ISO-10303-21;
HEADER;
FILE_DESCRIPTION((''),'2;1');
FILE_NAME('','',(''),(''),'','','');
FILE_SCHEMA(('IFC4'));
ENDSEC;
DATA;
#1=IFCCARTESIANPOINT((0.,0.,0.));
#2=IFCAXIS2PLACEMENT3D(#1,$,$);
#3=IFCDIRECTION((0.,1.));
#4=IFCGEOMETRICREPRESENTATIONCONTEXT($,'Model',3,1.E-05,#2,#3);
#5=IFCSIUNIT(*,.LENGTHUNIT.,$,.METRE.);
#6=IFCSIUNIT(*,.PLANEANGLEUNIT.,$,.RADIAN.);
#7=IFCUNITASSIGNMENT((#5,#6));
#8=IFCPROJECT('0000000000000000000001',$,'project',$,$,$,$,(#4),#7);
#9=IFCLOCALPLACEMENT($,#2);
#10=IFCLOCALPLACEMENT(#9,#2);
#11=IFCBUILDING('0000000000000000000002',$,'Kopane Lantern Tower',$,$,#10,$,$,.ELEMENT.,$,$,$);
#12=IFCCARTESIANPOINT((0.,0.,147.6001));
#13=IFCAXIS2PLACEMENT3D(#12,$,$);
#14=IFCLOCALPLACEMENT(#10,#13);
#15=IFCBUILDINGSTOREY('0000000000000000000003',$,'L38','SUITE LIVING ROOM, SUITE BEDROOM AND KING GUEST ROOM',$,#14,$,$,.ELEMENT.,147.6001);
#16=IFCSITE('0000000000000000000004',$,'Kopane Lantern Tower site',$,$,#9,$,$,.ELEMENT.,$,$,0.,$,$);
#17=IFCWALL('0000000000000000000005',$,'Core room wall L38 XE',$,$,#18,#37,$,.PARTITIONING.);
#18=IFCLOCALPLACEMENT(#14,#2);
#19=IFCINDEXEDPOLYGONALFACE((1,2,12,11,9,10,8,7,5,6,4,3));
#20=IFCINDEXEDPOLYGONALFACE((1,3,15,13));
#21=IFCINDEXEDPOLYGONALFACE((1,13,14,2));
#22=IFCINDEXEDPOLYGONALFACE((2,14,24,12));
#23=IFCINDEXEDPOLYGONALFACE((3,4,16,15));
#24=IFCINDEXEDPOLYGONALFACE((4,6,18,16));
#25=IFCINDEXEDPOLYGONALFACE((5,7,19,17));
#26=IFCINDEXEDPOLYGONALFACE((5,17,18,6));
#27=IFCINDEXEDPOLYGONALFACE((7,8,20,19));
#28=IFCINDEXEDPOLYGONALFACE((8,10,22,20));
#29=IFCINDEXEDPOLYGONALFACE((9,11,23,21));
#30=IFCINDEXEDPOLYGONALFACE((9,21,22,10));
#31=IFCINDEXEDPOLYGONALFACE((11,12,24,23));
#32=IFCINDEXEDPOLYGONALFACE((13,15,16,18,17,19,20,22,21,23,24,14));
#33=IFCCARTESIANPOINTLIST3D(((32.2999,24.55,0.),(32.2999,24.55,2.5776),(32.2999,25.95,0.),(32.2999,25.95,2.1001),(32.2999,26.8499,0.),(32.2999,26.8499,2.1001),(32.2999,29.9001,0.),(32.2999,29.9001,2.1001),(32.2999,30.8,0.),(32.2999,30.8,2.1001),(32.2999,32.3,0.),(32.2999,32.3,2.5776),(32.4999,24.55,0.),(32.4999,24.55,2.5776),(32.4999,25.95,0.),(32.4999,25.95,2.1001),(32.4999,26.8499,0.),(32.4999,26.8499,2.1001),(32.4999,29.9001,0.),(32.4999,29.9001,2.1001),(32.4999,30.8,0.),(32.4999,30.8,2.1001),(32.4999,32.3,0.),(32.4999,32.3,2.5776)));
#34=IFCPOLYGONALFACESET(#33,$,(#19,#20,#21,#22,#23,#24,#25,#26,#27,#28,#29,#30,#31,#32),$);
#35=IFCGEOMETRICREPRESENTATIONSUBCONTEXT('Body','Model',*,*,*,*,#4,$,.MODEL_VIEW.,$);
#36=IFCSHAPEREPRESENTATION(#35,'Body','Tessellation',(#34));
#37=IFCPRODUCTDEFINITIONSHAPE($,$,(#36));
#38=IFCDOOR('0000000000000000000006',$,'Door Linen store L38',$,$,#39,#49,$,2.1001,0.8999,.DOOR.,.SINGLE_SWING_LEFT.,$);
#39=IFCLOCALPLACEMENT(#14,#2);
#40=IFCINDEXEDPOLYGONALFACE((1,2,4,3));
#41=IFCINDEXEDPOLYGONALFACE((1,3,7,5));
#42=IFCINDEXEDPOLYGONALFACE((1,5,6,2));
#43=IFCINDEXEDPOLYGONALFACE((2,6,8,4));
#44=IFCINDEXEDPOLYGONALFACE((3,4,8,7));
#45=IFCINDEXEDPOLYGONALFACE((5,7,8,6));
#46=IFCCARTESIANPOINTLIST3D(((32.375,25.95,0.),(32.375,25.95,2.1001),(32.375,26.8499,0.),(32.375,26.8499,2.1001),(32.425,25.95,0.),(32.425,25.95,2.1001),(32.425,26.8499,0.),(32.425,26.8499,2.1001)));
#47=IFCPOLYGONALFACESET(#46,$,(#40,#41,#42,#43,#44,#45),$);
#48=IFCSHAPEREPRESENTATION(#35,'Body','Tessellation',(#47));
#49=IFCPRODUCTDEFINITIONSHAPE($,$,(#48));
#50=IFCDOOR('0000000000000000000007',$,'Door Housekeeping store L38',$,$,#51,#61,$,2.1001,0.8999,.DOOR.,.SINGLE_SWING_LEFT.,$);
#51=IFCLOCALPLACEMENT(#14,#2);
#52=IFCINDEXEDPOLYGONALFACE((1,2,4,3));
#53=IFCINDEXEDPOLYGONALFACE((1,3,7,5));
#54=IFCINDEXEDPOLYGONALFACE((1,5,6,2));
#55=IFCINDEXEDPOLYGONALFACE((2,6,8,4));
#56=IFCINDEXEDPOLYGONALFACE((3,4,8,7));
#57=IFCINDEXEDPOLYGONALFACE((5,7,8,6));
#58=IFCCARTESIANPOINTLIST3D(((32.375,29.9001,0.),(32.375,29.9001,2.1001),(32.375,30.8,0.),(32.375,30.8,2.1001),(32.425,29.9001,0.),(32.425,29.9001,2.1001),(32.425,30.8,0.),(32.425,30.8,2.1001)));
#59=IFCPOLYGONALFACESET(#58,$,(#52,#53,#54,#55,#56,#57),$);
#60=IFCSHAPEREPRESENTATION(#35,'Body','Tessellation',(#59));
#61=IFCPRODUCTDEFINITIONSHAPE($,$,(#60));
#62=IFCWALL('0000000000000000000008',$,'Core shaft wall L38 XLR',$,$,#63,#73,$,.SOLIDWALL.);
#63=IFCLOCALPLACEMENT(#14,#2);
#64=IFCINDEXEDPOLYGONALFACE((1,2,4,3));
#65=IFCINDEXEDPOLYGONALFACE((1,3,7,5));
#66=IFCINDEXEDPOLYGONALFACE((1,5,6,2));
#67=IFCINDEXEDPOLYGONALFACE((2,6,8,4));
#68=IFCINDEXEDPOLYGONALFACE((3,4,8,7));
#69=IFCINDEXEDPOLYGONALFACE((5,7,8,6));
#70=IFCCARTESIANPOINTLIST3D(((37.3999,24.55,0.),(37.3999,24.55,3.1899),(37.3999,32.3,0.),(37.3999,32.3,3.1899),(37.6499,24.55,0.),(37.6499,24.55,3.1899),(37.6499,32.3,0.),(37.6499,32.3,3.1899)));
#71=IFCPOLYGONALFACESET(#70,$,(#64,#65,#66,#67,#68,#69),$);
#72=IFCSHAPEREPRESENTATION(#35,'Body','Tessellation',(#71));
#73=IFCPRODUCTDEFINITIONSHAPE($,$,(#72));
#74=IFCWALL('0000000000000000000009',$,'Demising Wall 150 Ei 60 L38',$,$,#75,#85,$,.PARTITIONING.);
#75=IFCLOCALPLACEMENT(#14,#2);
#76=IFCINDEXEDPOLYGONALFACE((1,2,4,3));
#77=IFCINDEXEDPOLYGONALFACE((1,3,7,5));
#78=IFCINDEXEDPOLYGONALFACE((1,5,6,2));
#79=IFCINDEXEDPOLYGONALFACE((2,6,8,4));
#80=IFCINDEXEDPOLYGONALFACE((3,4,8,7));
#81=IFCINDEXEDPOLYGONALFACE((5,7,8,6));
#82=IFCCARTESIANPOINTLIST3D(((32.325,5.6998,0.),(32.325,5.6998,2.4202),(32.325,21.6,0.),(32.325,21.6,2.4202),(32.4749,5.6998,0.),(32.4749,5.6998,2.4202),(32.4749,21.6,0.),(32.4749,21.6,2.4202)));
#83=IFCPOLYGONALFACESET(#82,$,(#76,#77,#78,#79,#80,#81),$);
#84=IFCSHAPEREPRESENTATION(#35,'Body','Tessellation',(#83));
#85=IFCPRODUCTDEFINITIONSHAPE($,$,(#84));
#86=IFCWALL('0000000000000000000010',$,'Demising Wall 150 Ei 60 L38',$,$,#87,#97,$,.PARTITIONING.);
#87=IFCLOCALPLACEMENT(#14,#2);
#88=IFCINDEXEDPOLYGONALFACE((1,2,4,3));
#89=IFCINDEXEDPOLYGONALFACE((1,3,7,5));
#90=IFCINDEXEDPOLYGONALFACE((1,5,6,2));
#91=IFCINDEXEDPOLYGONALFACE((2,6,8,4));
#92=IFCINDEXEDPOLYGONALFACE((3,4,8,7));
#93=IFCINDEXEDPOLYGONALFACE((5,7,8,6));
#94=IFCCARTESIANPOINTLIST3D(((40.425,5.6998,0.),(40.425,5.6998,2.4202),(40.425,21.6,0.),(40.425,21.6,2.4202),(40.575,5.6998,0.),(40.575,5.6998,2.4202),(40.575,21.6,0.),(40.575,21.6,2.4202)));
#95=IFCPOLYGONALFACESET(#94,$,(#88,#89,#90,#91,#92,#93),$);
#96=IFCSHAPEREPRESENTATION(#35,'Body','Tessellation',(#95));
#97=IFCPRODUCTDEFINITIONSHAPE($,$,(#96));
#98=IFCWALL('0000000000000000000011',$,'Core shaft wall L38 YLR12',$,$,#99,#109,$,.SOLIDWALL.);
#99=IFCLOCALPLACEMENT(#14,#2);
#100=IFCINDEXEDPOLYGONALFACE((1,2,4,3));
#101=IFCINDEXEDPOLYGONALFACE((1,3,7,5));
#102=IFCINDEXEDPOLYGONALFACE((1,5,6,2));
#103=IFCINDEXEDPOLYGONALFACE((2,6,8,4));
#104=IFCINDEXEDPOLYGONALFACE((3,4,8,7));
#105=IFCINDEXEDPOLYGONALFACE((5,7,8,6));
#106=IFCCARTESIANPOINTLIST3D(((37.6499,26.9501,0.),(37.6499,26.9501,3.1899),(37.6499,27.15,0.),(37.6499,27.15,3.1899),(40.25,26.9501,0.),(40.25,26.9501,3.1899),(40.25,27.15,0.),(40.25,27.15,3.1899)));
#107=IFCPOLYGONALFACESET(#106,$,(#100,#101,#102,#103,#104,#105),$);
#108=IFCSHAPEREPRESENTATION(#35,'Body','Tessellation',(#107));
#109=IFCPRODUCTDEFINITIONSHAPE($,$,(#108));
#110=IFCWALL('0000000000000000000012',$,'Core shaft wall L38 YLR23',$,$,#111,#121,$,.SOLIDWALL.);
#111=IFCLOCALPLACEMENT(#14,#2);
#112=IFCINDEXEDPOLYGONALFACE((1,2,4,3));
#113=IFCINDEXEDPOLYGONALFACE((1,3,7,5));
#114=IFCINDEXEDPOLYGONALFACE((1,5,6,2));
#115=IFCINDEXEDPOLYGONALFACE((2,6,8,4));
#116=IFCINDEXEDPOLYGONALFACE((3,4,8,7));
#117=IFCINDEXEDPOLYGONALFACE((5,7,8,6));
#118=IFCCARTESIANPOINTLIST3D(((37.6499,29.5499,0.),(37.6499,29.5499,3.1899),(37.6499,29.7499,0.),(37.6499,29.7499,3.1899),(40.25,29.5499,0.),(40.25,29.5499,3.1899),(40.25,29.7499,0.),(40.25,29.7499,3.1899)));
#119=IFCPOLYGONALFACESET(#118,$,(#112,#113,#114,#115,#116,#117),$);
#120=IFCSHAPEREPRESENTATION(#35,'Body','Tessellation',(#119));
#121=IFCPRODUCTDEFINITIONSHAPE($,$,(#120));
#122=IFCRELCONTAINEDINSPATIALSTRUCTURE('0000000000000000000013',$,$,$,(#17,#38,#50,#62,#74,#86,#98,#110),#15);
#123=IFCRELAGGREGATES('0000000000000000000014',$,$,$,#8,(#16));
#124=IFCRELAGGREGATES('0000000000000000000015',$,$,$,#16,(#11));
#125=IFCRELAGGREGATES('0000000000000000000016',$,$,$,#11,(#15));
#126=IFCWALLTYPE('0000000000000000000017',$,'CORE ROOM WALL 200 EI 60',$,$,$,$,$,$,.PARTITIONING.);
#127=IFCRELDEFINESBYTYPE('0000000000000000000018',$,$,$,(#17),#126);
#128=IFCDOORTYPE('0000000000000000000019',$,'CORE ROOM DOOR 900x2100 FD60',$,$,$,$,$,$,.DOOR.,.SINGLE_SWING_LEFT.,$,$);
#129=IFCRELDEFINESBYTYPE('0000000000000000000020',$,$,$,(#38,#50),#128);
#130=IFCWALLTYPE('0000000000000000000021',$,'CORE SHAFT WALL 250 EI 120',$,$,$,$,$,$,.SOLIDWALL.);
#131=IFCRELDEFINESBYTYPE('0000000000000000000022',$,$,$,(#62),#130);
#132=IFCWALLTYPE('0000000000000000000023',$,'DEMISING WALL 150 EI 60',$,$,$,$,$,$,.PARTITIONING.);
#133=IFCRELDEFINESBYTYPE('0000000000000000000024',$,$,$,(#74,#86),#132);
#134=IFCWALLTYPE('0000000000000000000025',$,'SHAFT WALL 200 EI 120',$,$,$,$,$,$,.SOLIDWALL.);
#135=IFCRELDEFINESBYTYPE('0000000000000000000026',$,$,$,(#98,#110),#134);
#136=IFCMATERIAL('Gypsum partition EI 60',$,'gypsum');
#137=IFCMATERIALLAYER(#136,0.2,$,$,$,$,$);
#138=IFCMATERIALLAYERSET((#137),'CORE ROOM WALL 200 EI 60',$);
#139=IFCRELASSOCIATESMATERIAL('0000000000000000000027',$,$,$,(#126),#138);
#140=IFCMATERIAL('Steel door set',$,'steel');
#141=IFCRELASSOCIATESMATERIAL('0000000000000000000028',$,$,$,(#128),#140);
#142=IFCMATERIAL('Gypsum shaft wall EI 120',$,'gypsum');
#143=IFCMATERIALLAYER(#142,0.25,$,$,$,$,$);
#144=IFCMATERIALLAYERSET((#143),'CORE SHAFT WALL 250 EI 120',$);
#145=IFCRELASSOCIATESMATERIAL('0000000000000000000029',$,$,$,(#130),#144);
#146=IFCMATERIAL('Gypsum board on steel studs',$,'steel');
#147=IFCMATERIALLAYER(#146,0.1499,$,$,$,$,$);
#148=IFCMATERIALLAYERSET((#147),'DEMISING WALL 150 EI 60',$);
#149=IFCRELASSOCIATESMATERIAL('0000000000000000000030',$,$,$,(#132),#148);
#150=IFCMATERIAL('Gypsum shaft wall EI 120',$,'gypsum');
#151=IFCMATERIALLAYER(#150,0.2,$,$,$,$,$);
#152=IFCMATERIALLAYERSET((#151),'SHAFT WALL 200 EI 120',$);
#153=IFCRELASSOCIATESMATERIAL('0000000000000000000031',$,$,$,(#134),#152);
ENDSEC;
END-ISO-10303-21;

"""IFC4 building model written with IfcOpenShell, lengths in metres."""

from ifc_helpers import new_model, si_unit, direction, frame, frame_2d, origin, place, context, subcontext, project, spatial, rectangle, extrude, material, layer, layer_set, type_object, element, fill, save


model = new_model("IFC4")

# Units and contexts
model_context = context("Model", 3, precision=1e-05, world=origin(), true_north=direction((0.0, 1.0)))
body_context = subcontext(model_context, "Body", "Model", "MODEL_VIEW")
ifc_project = project(units=[si_unit("LENGTHUNIT", "METRE"), si_unit("PLANEANGLEUNIT", "RADIAN")], contexts=[model_context])

# Site, building, storey
site_placement = place(None, origin())
site = spatial("IfcSite", under=ifc_project, at=site_placement, Name="Kopane Lantern Tower site", CompositionType="ELEMENT", RefElevation=0.0)
building_placement = place(site_placement, origin())
building = spatial("IfcBuilding", under=site, at=building_placement, Name="Kopane Lantern Tower", CompositionType="ELEMENT")
storey_placement = place(building_placement, frame((0.0, 0.0, 147.6001)))
storey = spatial("IfcBuildingStorey", under=building, at=storey_placement, Name="L38", Description="SUITE LIVING ROOM, SUITE BEDROOM AND KING GUEST ROOM", CompositionType="ELEMENT", Elevation=147.6001)

# Wall, openings, doors
ifc_material_1 = material(Name="Gypsum partition EI 60", Category="gypsum")
ifc_layer_1 = layer(ifc_material_1, 0.2)
ifc_layer_set_1 = layer_set([ifc_layer_1], Name="CORE ROOM WALL 200 EI 60")
wall_type_1 = type_object("IfcWallType", Name="CORE ROOM WALL 200 EI 60", PredefinedType="PARTITIONING", material=ifc_layer_set_1)
wall_1_placement = place(storey_placement, frame((32.3999, 24.55, 0.0), z_axis=(0.0, 0.0, 1.0), x_axis=(0.0, 1.0, 0.0)))
wall_1 = element("IfcWall", 1, at=wall_1_placement, inside=storey, type_object=wall_type_1, Name="Core room wall L38 XE", PredefinedType="PARTITIONING", context=body_context, shape_type="SweptSolid", body=[
    extrude(rectangle(XDim=7.75, YDim=0.2, at=frame_2d((3.875, 0.0))), origin(), (0.0, 0.0, 1.0), 2.5776),
])
opening_1_placement = place(wall_1_placement, frame((1.3999, 0.0, 0.0)))
opening_1 = element("IfcOpeningElement", 2, at=opening_1_placement, cuts=wall_1, PredefinedType="OPENING", context=body_context, shape_type="SweptSolid", body=[
    extrude(rectangle(XDim=0.8999, YDim=2.1001, at=frame_2d((0.45, 1.05))), frame((0.0, 0.1099, 0.0), z_axis=(0.0, -1.0, 0.0), x_axis=(1.0, 0.0, 0.0)), (0.0, 0.0, 1.0), 0.22),
])
opening_2_placement = place(wall_1_placement, frame((5.3501, 0.0, 0.0)))
opening_2 = element("IfcOpeningElement", 3, at=opening_2_placement, cuts=wall_1, PredefinedType="OPENING", context=body_context, shape_type="SweptSolid", body=[
    extrude(rectangle(XDim=0.8999, YDim=2.1001, at=frame_2d((0.45, 1.05))), frame((0.0, 0.1099, 0.0), z_axis=(0.0, -1.0, 0.0), x_axis=(1.0, 0.0, 0.0)), (0.0, 0.0, 1.0), 0.22),
])
ifc_material_2 = material(Name="Steel door set", Category="steel")
door_type_1 = type_object("IfcDoorType", Name="CORE ROOM DOOR 900x2100 FD60", OperationType="SINGLE_SWING_LEFT", PredefinedType="DOOR", material=ifc_material_2)
door_1_placement = place(opening_1_placement, origin())
door_1 = element("IfcDoor", 4, at=door_1_placement, inside=storey, type_object=door_type_1, Name="Door Linen store L38", OperationType="SINGLE_SWING_LEFT", OverallHeight=2.1001, OverallWidth=0.8999, PredefinedType="DOOR", context=body_context, shape_type="SweptSolid", body=[
    extrude(rectangle(XDim=0.8999, YDim=2.1001, at=frame_2d((0.45, 1.05))), frame((0.0, 0.0249, 0.0), z_axis=(0.0, -1.0, 0.0), x_axis=(1.0, 0.0, 0.0)), (0.0, 0.0, 1.0), 0.05),
])
fill(opening_1, door_1)
door_2_placement = place(opening_2_placement, origin())
door_2 = element("IfcDoor", 5, at=door_2_placement, inside=storey, type_object=door_type_1, Name="Door Housekeeping store L38", OperationType="SINGLE_SWING_LEFT", OverallHeight=2.1001, OverallWidth=0.8999, PredefinedType="DOOR", context=body_context, shape_type="SweptSolid", body=[
    extrude(rectangle(XDim=0.8999, YDim=2.1001, at=frame_2d((0.45, 1.05))), frame((0.0, 0.0249, 0.0), z_axis=(0.0, -1.0, 0.0), x_axis=(1.0, 0.0, 0.0)), (0.0, 0.0, 1.0), 0.05),
])
fill(opening_2, door_2)

# Walls
ifc_material_3 = material(Name="Gypsum shaft wall EI 120", Category="gypsum")
ifc_layer_2 = layer(ifc_material_3, 0.25)
ifc_layer_set_2 = layer_set([ifc_layer_2], Name="CORE SHAFT WALL 250 EI 120")
wall_type_2 = type_object("IfcWallType", Name="CORE SHAFT WALL 250 EI 120", PredefinedType="SOLIDWALL", material=ifc_layer_set_2)
wall_2_placement = place(storey_placement, frame((37.5249, 24.55, 0.0), z_axis=(0.0, 0.0, 1.0), x_axis=(0.0, 1.0, 0.0)))
element("IfcWall", 6, at=wall_2_placement, inside=storey, type_object=wall_type_2, Name="Core shaft wall L38 XLR", PredefinedType="SOLIDWALL", context=body_context, shape_type="SweptSolid", body=[
    extrude(rectangle(XDim=7.75, YDim=0.25, at=frame_2d((3.875, 0.0))), origin(), (0.0, 0.0, 1.0), 3.1899),
])
ifc_material_4 = material(Name="Gypsum board on steel studs", Category="steel")
ifc_layer_3 = layer(ifc_material_4, 0.1499)
ifc_layer_set_3 = layer_set([ifc_layer_3], Name="DEMISING WALL 150 EI 60")
wall_type_3 = type_object("IfcWallType", Name="DEMISING WALL 150 EI 60", PredefinedType="PARTITIONING", material=ifc_layer_set_3)
for number, where, z_axis, x_axis, name in (
    (7, (32.3999, 21.6001, 0.0), (0.0, 0.0, 1.0), (0.0, -1.0, 0.0), "Demising Wall 150 Ei 60 L38"),
    (8, (40.5, 21.6001, 0.0), (0.0, 0.0, 1.0), (0.0, -1.0, 0.0), "Demising Wall 150 Ei 60 L38"),
):
    element("IfcWall", number, at=place(storey_placement, frame(where, z_axis=z_axis, x_axis=x_axis)), inside=storey, type_object=wall_type_3, Name=name, PredefinedType="PARTITIONING", context=body_context, shape_type="SweptSolid", body=[
        extrude(rectangle(XDim=15.9001, YDim=0.1499, at=frame_2d((7.9502, 0.0))), origin(), (0.0, 0.0, 1.0), 2.4202),
    ])
ifc_material_5 = material(Name="Gypsum shaft wall EI 120", Category="gypsum")
ifc_layer_4 = layer(ifc_material_5, 0.2)
ifc_layer_set_4 = layer_set([ifc_layer_4], Name="SHAFT WALL 200 EI 120")
wall_type_4 = type_object("IfcWallType", Name="SHAFT WALL 200 EI 120", PredefinedType="SOLIDWALL", material=ifc_layer_set_4)
for number, where, z_axis, x_axis, name in (
    (9, (37.6499, 27.05, 0.0), (0.0, 0.0, 1.0), (1.0, 0.0, 0.0), "Core shaft wall L38 YLR12"),
    (10, (37.6499, 29.6499, 0.0), (0.0, 0.0, 1.0), (1.0, 0.0, 0.0), "Core shaft wall L38 YLR23"),
):
    element("IfcWall", number, at=place(storey_placement, frame(where, z_axis=z_axis, x_axis=x_axis)), inside=storey, type_object=wall_type_4, Name=name, PredefinedType="SOLIDWALL", context=body_context, shape_type="SweptSolid", body=[
        extrude(rectangle(XDim=2.6001, YDim=0.2, at=frame_2d((1.3, 0.0))), origin(), (0.0, 0.0, 1.0), 3.1899),
    ])

save(model, "model.ifc")
